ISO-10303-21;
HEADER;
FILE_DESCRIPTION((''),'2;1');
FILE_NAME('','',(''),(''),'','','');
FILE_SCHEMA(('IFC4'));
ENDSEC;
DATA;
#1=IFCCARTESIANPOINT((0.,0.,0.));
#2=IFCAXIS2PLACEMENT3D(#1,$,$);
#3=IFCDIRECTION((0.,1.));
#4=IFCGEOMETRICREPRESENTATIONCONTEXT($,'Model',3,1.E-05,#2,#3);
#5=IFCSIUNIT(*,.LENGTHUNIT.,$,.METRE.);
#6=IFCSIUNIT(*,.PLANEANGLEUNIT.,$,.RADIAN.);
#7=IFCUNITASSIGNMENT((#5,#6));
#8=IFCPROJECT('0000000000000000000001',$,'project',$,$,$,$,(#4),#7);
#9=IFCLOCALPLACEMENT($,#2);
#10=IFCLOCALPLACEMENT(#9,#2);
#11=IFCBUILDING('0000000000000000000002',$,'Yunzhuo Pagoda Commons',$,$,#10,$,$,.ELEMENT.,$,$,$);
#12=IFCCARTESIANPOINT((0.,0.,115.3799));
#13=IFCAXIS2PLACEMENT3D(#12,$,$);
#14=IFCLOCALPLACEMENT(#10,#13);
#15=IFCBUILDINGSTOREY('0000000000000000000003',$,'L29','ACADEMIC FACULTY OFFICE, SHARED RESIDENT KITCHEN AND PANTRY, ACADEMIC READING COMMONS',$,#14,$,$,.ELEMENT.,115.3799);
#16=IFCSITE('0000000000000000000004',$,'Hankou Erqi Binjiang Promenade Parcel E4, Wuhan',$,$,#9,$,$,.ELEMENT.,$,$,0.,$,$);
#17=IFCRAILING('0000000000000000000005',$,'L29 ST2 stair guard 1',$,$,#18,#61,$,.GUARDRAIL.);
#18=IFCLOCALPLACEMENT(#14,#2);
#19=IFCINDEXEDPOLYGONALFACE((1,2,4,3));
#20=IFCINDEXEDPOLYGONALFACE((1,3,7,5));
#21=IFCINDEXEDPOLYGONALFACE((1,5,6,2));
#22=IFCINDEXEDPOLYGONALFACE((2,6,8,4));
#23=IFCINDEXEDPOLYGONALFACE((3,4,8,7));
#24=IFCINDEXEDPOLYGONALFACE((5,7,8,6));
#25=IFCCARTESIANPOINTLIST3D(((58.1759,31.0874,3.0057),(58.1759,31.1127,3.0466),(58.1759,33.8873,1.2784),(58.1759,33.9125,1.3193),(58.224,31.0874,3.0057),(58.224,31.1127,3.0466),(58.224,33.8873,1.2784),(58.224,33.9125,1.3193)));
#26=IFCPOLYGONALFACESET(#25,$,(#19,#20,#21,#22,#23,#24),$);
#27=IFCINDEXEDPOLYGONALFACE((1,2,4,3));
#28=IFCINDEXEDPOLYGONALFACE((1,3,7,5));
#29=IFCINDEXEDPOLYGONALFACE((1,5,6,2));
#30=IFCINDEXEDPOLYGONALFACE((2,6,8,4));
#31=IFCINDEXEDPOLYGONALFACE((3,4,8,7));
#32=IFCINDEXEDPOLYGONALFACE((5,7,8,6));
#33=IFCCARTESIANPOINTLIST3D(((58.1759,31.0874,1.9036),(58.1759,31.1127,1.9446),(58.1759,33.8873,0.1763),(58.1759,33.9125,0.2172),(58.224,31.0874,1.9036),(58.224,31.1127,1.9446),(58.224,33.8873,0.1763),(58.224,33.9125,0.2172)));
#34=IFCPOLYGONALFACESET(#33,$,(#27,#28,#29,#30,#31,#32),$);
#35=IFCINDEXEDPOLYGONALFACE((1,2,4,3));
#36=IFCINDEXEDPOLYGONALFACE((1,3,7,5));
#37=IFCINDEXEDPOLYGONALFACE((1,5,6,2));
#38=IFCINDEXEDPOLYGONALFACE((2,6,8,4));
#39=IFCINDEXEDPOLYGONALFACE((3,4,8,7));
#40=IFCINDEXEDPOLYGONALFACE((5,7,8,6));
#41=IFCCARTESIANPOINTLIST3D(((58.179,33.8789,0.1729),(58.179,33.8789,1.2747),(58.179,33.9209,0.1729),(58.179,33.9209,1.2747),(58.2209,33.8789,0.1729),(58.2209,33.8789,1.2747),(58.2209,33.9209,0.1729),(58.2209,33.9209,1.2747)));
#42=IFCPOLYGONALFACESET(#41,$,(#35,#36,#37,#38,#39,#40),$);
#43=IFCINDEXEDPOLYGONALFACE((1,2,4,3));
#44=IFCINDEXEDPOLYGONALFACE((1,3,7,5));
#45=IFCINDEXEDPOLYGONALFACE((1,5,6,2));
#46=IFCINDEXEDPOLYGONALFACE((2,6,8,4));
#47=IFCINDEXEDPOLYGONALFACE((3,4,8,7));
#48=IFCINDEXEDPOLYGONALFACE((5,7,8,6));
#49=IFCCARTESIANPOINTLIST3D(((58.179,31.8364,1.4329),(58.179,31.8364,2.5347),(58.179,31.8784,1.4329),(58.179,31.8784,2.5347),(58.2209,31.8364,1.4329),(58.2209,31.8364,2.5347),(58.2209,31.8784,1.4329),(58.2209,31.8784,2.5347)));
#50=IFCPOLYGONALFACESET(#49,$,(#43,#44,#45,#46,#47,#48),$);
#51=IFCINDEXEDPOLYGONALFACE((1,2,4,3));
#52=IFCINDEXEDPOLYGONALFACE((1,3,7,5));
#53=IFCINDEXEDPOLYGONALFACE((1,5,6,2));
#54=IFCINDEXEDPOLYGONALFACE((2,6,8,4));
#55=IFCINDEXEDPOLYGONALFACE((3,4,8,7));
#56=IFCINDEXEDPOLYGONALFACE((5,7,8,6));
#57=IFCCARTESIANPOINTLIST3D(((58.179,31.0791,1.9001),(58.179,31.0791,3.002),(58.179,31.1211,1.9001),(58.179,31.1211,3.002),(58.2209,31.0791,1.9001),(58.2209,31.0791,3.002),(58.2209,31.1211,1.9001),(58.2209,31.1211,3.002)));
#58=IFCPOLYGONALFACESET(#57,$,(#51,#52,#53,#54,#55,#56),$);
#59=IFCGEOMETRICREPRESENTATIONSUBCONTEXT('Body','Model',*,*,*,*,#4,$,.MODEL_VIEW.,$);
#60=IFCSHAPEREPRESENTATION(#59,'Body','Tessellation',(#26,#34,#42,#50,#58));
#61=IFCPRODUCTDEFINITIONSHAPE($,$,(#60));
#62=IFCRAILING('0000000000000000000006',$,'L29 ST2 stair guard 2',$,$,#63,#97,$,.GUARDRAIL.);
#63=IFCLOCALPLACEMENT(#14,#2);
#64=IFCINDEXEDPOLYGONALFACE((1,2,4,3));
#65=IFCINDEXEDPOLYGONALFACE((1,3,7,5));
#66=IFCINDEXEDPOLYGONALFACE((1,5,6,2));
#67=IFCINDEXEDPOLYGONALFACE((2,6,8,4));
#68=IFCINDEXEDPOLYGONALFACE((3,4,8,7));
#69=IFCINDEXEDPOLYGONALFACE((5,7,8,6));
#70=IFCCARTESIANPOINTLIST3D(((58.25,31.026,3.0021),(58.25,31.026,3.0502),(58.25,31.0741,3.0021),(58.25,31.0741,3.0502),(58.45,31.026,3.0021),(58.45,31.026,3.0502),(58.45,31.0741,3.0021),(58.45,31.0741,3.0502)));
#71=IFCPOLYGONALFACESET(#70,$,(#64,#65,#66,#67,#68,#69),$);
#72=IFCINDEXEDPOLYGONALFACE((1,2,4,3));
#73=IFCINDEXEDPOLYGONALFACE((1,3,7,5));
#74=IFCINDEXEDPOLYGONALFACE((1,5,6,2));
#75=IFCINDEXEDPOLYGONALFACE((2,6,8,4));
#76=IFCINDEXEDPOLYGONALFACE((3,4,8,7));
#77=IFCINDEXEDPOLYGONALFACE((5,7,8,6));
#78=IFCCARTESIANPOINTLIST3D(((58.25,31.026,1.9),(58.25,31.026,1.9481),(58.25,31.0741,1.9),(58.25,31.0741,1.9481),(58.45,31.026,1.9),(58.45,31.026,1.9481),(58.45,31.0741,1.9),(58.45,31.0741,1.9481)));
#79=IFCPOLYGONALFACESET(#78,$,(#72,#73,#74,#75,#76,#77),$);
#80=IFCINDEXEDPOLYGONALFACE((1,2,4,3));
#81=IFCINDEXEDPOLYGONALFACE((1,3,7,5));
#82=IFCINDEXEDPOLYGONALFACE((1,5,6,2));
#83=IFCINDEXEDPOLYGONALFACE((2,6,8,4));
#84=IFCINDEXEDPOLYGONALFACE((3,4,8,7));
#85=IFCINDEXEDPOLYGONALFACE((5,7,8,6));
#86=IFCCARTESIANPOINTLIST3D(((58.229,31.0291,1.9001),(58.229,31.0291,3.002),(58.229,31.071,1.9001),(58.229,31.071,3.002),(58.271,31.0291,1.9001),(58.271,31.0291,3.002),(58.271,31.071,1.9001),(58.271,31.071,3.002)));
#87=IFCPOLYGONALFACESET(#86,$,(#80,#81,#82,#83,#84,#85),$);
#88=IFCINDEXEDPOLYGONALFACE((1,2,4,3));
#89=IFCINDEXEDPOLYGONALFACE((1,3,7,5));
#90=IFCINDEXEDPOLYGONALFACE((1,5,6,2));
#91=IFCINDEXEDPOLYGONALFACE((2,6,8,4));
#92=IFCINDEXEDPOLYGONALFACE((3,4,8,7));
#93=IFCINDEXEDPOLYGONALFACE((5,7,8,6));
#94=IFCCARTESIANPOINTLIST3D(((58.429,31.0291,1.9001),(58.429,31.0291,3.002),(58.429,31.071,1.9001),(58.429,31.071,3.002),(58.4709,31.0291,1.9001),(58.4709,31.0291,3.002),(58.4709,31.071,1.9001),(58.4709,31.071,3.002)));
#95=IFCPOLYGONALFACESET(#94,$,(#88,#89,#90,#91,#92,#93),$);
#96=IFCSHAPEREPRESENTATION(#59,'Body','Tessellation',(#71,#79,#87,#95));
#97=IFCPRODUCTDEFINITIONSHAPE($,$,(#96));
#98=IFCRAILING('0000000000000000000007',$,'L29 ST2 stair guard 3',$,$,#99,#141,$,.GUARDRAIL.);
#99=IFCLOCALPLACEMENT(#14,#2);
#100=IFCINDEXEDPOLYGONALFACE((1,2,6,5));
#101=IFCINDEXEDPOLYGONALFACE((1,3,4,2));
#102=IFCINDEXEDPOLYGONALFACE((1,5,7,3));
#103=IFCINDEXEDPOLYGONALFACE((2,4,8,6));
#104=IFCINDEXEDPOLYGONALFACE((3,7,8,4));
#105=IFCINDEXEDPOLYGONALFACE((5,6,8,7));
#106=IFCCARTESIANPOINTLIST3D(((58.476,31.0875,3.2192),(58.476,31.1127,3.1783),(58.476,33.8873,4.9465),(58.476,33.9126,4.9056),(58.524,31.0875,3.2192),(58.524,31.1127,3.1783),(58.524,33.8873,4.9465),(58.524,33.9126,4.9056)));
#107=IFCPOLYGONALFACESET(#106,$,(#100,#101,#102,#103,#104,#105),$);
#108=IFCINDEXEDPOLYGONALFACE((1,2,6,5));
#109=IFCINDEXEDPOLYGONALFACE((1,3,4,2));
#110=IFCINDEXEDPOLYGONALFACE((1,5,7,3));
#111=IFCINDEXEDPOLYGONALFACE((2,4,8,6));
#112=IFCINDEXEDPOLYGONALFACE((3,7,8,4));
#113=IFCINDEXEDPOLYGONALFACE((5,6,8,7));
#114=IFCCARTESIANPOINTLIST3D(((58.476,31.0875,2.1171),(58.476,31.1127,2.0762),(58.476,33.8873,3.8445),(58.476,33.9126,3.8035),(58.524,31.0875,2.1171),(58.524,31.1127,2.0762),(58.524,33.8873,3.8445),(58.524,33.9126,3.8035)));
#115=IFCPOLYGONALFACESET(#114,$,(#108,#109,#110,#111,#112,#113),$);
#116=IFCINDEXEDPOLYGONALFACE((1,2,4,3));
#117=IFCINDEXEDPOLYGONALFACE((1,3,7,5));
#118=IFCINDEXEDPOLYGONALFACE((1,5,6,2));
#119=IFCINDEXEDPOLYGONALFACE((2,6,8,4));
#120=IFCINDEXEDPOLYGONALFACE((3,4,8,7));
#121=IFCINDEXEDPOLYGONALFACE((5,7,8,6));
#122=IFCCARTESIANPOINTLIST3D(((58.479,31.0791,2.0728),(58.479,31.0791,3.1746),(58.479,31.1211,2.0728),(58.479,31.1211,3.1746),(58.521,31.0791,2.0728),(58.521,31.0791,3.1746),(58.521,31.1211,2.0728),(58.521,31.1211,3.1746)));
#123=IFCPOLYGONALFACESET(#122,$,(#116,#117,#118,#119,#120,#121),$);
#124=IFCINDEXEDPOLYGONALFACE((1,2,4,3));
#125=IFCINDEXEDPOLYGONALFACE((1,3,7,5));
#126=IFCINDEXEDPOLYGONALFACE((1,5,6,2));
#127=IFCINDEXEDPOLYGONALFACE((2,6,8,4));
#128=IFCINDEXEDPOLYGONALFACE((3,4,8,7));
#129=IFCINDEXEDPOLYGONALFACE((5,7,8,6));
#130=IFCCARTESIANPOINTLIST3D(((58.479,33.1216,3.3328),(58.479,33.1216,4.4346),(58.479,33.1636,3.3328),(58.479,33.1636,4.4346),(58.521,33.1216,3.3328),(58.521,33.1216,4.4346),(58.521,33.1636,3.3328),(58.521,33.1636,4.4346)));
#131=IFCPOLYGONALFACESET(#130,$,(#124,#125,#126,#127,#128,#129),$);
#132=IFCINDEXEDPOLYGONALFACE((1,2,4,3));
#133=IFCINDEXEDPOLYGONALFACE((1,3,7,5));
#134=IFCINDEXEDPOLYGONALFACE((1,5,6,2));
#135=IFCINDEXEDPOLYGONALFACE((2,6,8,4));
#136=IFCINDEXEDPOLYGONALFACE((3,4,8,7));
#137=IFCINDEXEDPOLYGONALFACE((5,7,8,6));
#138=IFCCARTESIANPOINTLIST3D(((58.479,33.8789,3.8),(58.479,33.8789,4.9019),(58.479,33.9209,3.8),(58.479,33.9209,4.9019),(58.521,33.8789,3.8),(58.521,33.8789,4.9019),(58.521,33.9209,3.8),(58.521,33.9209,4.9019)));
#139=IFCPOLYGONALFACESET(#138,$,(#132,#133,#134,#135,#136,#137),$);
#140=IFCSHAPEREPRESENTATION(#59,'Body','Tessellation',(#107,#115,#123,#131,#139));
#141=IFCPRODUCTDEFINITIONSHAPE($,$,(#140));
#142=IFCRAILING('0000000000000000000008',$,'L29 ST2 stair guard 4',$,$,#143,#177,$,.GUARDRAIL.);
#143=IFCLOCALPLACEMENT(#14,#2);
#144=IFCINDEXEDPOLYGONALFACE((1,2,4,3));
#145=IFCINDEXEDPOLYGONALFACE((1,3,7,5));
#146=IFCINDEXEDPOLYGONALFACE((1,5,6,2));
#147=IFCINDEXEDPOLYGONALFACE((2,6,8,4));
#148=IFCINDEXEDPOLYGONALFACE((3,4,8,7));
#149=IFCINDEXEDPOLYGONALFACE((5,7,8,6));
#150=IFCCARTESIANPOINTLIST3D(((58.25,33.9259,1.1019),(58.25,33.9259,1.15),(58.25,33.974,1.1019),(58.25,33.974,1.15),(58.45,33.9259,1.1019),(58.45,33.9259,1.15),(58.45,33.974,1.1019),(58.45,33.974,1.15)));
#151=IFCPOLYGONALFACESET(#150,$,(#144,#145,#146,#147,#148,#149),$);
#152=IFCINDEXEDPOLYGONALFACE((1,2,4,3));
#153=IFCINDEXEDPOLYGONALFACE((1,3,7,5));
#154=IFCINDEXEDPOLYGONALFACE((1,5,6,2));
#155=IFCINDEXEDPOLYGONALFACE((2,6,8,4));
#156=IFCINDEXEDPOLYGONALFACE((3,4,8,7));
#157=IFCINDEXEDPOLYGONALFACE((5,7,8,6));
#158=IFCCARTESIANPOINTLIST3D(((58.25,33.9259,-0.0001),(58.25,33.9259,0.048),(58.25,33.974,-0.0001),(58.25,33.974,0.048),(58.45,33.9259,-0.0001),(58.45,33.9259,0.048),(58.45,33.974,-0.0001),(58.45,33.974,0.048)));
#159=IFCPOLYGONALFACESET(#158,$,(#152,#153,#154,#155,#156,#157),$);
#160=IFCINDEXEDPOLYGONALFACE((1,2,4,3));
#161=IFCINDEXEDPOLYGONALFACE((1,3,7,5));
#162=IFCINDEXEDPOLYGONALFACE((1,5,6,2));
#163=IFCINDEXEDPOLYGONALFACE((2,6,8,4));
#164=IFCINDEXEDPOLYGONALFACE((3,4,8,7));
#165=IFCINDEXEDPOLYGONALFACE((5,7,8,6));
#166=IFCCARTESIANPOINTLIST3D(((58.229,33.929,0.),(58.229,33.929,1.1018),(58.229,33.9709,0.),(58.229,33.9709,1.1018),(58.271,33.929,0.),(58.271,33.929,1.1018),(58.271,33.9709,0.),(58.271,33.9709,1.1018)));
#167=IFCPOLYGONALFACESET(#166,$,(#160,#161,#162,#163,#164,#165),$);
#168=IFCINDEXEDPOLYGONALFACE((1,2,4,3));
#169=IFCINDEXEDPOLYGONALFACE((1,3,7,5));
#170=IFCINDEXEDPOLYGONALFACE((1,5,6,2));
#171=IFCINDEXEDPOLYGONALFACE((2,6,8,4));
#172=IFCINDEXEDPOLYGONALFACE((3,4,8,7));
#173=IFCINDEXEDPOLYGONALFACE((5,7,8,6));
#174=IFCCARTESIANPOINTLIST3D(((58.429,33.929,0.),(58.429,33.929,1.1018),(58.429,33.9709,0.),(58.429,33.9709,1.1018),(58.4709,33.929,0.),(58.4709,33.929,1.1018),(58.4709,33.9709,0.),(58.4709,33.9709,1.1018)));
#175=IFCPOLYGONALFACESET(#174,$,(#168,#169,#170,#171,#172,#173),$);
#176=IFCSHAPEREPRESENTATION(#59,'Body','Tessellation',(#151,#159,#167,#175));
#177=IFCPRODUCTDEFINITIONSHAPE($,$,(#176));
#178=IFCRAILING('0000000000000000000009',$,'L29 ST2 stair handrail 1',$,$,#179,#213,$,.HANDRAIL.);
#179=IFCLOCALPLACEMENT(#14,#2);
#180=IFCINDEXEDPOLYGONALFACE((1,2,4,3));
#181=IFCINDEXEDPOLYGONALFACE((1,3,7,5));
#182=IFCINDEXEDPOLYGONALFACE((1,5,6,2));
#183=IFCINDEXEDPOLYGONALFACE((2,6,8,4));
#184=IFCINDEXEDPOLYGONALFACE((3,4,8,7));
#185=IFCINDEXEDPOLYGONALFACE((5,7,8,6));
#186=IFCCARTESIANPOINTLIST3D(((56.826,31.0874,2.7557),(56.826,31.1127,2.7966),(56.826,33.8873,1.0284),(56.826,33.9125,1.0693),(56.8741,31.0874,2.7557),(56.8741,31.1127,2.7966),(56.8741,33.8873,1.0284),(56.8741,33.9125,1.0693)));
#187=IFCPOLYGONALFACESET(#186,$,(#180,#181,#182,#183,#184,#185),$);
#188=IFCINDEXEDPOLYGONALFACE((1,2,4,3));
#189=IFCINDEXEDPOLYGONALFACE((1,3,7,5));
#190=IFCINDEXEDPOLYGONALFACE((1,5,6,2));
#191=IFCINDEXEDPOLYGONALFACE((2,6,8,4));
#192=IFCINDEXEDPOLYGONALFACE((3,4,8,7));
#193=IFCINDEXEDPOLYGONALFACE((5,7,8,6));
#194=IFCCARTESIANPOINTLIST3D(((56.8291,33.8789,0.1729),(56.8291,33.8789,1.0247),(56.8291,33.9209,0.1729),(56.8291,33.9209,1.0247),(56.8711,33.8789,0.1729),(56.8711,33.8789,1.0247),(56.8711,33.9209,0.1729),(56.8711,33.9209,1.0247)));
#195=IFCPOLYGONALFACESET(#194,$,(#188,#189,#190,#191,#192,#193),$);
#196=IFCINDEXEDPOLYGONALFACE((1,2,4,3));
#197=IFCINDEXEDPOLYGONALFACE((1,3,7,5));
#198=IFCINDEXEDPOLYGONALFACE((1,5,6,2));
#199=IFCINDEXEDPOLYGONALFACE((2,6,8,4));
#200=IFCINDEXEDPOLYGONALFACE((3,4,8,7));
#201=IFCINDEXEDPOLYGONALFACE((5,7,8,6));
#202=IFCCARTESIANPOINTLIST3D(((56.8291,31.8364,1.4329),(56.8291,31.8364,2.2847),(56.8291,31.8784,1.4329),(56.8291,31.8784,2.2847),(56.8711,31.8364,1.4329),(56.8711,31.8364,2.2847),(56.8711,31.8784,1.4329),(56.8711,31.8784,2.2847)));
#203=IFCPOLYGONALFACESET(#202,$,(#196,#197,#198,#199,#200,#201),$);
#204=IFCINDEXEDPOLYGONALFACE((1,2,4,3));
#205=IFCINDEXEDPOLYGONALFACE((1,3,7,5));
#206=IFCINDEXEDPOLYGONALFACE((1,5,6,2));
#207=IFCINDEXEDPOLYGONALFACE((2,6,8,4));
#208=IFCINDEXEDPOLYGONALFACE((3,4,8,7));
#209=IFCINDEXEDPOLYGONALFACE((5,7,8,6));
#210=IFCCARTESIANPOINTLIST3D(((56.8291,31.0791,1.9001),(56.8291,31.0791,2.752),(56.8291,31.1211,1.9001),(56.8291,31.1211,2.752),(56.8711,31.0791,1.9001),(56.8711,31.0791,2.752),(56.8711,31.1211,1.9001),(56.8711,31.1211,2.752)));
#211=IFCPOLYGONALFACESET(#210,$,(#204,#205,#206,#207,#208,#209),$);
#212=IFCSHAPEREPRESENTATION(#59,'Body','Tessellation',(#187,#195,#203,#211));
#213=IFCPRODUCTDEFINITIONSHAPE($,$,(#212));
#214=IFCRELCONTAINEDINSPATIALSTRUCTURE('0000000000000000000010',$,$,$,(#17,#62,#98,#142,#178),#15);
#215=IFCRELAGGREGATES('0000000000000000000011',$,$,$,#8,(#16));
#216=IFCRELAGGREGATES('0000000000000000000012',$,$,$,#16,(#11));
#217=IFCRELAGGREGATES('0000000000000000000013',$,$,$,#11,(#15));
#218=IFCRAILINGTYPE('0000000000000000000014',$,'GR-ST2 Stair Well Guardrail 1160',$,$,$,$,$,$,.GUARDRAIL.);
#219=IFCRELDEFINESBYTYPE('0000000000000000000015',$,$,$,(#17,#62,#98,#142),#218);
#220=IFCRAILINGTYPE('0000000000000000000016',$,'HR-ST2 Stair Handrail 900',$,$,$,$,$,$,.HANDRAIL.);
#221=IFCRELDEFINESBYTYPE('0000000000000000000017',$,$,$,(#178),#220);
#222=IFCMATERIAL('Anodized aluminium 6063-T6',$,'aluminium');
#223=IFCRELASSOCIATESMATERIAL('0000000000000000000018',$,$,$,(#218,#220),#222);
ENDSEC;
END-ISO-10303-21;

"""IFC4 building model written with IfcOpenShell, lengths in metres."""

from ifc_helpers import new_model, si_unit, direction, frame, origin, origin_2d, place, context, subcontext, project, spatial, rectangle, extrude, material, type_object, element, save


model = new_model("IFC4")

# Units and contexts
model_context = context("Model", 3, precision=1e-05, world=origin(), true_north=direction((0.0, 1.0)))
body_context = subcontext(model_context, "Body", "Model", "MODEL_VIEW")
ifc_project = project(units=[si_unit("LENGTHUNIT", "METRE"), si_unit("PLANEANGLEUNIT", "RADIAN")], contexts=[model_context])

# Site, building, storey
site_placement = place(None, origin())
site = spatial("IfcSite", under=ifc_project, at=site_placement, Name="Hankou Erqi Binjiang Promenade Parcel E4, Wuhan", CompositionType="ELEMENT", RefElevation=0.0)
building_placement = place(site_placement, origin())
building = spatial("IfcBuilding", under=site, at=building_placement, Name="Yunzhuo Pagoda Commons", CompositionType="ELEMENT")
storey_placement = place(building_placement, frame((0.0, 0.0, 115.3799)))
storey = spatial("IfcBuildingStorey", under=building, at=storey_placement, Name="L29", Description="ACADEMIC FACULTY OFFICE, SHARED RESIDENT KITCHEN AND PANTRY, ACADEMIC READING COMMONS", CompositionType="ELEMENT", Elevation=115.3799)

# Railings
ifc_material_1 = material(Name="Anodized aluminium 6063-T6", Category="aluminium")
railing_type_1 = type_object("IfcRailingType", Name="GR-ST2 Stair Well Guardrail 1160", PredefinedType="GUARDRAIL", material=ifc_material_1)
railing_1_placement = place(storey_placement, frame((58.2, 33.8999, 0.1729)))
element("IfcRailing", 1, at=railing_1_placement, inside=storey, type_object=railing_type_1, Name="L29 ST2 stair guard 1", PredefinedType="GUARDRAIL", context=body_context, shape_type="SweptSolid", body=[
    extrude(rectangle(XDim=0.0481, YDim=0.0481, at=origin_2d()), frame((0.0, 0.0, 1.126), z_axis=(0.0, -0.851069, 0.525054), x_axis=(1.0, 0.0, 0.0)), (0.0, 0.0, 1.0), 3.2898),
    extrude(rectangle(XDim=0.0481, YDim=0.0481, at=origin_2d()), frame((0.0, 0.0, 0.0239), z_axis=(0.0, -0.851069, 0.525054), x_axis=(1.0, 0.0, 0.0)), (0.0, 0.0, 1.0), 3.2898),
    extrude(rectangle(XDim=0.042, YDim=0.042, at=origin_2d()), origin(), (0.0, 0.0, 1.0), 1.1018),
    extrude(rectangle(XDim=0.042, YDim=0.042, at=origin_2d()), frame((0.0, -2.0425, 1.26)), (0.0, 0.0, 1.0), 1.1018),
    extrude(rectangle(XDim=0.042, YDim=0.042, at=origin_2d()), frame((0.0, -2.7998, 1.7273)), (0.0, 0.0, 1.0), 1.1018),
])
railing_2_placement = place(storey_placement, frame((58.25, 31.05, 1.9001)))
element("IfcRailing", 2, at=railing_2_placement, inside=storey, type_object=railing_type_1, Name="L29 ST2 stair guard 2", PredefinedType="GUARDRAIL", context=body_context, shape_type="SweptSolid", body=[
    extrude(rectangle(XDim=0.0481, YDim=0.0481, at=origin_2d()), frame((0.0, 0.0, 1.126), z_axis=(1.0, 0.0, 0.0), x_axis=(0.0, 1.0, 0.0)), (0.0, 0.0, 1.0), 0.2),
    extrude(rectangle(XDim=0.0481, YDim=0.0481, at=origin_2d()), frame((0.0, 0.0, 0.0239), z_axis=(1.0, 0.0, 0.0), x_axis=(0.0, 1.0, 0.0)), (0.0, 0.0, 1.0), 0.2),
    extrude(rectangle(XDim=0.042, YDim=0.042, at=origin_2d()), origin(), (0.0, 0.0, 1.0), 1.1018),
    extrude(rectangle(XDim=0.042, YDim=0.042, at=origin_2d()), frame((0.2, 0.0, 0.0)), (0.0, 0.0, 1.0), 1.1018),
])
railing_3_placement = place(storey_placement, frame((58.5, 31.1001, 2.0728)))
element("IfcRailing", 3, at=railing_3_placement, inside=storey, type_object=railing_type_1, Name="L29 ST2 stair guard 3", PredefinedType="GUARDRAIL", context=body_context, shape_type="SweptSolid", body=[
    extrude(rectangle(XDim=0.0481, YDim=0.0481, at=origin_2d()), frame((0.0, 0.0, 1.126), z_axis=(0.0, 0.851069, 0.525054), x_axis=(-1.0, 0.0, 0.0)), (0.0, 0.0, 1.0), 3.2898),
    extrude(rectangle(XDim=0.0481, YDim=0.0481, at=origin_2d()), frame((0.0, 0.0, 0.0239), z_axis=(0.0, 0.851069, 0.525054), x_axis=(-1.0, 0.0, 0.0)), (0.0, 0.0, 1.0), 3.2898),
    extrude(rectangle(XDim=0.042, YDim=0.042, at=origin_2d()), origin(), (0.0, 0.0, 1.0), 1.1018),
    extrude(rectangle(XDim=0.042, YDim=0.042, at=origin_2d()), frame((0.0, 2.0425, 1.26)), (0.0, 0.0, 1.0), 1.1018),
    extrude(rectangle(XDim=0.042, YDim=0.042, at=origin_2d()), frame((0.0, 2.7998, 1.7273)), (0.0, 0.0, 1.0), 1.1018),
])
railing_4_placement = place(storey_placement, frame((58.25, 33.95, 0.0)))
element("IfcRailing", 4, at=railing_4_placement, inside=storey, type_object=railing_type_1, Name="L29 ST2 stair guard 4", PredefinedType="GUARDRAIL", context=body_context, shape_type="SweptSolid", body=[
    extrude(rectangle(XDim=0.0481, YDim=0.0481, at=origin_2d()), frame((0.0, 0.0, 1.126), z_axis=(1.0, 0.0, 0.0), x_axis=(0.0, 1.0, 0.0)), (0.0, 0.0, 1.0), 0.2),
    extrude(rectangle(XDim=0.0481, YDim=0.0481, at=origin_2d()), frame((0.0, 0.0, 0.0239), z_axis=(1.0, 0.0, 0.0), x_axis=(0.0, 1.0, 0.0)), (0.0, 0.0, 1.0), 0.2),
    extrude(rectangle(XDim=0.042, YDim=0.042, at=origin_2d()), origin(), (0.0, 0.0, 1.0), 1.1018),
    extrude(rectangle(XDim=0.042, YDim=0.042, at=origin_2d()), frame((0.2, 0.0, 0.0)), (0.0, 0.0, 1.0), 1.1018),
])
railing_type_2 = type_object("IfcRailingType", Name="HR-ST2 Stair Handrail 900", PredefinedType="HANDRAIL", material=ifc_material_1)
railing_5_placement = place(storey_placement, frame((56.8501, 33.8999, 0.1729)))
element("IfcRailing", 5, at=railing_5_placement, inside=storey, type_object=railing_type_2, Name="L29 ST2 stair handrail 1", PredefinedType="HANDRAIL", context=body_context, shape_type="SweptSolid", body=[
    extrude(rectangle(XDim=0.0481, YDim=0.0481, at=origin_2d()), frame((0.0, 0.0, 0.876), z_axis=(0.0, -0.851069, 0.525054), x_axis=(1.0, 0.0, 0.0)), (0.0, 0.0, 1.0), 3.2898),
    extrude(rectangle(XDim=0.042, YDim=0.042, at=origin_2d()), origin(), (0.0, 0.0, 1.0), 0.8518),
    extrude(rectangle(XDim=0.042, YDim=0.042, at=origin_2d()), frame((0.0, -2.0425, 1.26)), (0.0, 0.0, 1.0), 0.8518),
    extrude(rectangle(XDim=0.042, YDim=0.042, at=origin_2d()), frame((0.0, -2.7998, 1.7273)), (0.0, 0.0, 1.0), 0.8518),
])

save(model, "model.ifc")
